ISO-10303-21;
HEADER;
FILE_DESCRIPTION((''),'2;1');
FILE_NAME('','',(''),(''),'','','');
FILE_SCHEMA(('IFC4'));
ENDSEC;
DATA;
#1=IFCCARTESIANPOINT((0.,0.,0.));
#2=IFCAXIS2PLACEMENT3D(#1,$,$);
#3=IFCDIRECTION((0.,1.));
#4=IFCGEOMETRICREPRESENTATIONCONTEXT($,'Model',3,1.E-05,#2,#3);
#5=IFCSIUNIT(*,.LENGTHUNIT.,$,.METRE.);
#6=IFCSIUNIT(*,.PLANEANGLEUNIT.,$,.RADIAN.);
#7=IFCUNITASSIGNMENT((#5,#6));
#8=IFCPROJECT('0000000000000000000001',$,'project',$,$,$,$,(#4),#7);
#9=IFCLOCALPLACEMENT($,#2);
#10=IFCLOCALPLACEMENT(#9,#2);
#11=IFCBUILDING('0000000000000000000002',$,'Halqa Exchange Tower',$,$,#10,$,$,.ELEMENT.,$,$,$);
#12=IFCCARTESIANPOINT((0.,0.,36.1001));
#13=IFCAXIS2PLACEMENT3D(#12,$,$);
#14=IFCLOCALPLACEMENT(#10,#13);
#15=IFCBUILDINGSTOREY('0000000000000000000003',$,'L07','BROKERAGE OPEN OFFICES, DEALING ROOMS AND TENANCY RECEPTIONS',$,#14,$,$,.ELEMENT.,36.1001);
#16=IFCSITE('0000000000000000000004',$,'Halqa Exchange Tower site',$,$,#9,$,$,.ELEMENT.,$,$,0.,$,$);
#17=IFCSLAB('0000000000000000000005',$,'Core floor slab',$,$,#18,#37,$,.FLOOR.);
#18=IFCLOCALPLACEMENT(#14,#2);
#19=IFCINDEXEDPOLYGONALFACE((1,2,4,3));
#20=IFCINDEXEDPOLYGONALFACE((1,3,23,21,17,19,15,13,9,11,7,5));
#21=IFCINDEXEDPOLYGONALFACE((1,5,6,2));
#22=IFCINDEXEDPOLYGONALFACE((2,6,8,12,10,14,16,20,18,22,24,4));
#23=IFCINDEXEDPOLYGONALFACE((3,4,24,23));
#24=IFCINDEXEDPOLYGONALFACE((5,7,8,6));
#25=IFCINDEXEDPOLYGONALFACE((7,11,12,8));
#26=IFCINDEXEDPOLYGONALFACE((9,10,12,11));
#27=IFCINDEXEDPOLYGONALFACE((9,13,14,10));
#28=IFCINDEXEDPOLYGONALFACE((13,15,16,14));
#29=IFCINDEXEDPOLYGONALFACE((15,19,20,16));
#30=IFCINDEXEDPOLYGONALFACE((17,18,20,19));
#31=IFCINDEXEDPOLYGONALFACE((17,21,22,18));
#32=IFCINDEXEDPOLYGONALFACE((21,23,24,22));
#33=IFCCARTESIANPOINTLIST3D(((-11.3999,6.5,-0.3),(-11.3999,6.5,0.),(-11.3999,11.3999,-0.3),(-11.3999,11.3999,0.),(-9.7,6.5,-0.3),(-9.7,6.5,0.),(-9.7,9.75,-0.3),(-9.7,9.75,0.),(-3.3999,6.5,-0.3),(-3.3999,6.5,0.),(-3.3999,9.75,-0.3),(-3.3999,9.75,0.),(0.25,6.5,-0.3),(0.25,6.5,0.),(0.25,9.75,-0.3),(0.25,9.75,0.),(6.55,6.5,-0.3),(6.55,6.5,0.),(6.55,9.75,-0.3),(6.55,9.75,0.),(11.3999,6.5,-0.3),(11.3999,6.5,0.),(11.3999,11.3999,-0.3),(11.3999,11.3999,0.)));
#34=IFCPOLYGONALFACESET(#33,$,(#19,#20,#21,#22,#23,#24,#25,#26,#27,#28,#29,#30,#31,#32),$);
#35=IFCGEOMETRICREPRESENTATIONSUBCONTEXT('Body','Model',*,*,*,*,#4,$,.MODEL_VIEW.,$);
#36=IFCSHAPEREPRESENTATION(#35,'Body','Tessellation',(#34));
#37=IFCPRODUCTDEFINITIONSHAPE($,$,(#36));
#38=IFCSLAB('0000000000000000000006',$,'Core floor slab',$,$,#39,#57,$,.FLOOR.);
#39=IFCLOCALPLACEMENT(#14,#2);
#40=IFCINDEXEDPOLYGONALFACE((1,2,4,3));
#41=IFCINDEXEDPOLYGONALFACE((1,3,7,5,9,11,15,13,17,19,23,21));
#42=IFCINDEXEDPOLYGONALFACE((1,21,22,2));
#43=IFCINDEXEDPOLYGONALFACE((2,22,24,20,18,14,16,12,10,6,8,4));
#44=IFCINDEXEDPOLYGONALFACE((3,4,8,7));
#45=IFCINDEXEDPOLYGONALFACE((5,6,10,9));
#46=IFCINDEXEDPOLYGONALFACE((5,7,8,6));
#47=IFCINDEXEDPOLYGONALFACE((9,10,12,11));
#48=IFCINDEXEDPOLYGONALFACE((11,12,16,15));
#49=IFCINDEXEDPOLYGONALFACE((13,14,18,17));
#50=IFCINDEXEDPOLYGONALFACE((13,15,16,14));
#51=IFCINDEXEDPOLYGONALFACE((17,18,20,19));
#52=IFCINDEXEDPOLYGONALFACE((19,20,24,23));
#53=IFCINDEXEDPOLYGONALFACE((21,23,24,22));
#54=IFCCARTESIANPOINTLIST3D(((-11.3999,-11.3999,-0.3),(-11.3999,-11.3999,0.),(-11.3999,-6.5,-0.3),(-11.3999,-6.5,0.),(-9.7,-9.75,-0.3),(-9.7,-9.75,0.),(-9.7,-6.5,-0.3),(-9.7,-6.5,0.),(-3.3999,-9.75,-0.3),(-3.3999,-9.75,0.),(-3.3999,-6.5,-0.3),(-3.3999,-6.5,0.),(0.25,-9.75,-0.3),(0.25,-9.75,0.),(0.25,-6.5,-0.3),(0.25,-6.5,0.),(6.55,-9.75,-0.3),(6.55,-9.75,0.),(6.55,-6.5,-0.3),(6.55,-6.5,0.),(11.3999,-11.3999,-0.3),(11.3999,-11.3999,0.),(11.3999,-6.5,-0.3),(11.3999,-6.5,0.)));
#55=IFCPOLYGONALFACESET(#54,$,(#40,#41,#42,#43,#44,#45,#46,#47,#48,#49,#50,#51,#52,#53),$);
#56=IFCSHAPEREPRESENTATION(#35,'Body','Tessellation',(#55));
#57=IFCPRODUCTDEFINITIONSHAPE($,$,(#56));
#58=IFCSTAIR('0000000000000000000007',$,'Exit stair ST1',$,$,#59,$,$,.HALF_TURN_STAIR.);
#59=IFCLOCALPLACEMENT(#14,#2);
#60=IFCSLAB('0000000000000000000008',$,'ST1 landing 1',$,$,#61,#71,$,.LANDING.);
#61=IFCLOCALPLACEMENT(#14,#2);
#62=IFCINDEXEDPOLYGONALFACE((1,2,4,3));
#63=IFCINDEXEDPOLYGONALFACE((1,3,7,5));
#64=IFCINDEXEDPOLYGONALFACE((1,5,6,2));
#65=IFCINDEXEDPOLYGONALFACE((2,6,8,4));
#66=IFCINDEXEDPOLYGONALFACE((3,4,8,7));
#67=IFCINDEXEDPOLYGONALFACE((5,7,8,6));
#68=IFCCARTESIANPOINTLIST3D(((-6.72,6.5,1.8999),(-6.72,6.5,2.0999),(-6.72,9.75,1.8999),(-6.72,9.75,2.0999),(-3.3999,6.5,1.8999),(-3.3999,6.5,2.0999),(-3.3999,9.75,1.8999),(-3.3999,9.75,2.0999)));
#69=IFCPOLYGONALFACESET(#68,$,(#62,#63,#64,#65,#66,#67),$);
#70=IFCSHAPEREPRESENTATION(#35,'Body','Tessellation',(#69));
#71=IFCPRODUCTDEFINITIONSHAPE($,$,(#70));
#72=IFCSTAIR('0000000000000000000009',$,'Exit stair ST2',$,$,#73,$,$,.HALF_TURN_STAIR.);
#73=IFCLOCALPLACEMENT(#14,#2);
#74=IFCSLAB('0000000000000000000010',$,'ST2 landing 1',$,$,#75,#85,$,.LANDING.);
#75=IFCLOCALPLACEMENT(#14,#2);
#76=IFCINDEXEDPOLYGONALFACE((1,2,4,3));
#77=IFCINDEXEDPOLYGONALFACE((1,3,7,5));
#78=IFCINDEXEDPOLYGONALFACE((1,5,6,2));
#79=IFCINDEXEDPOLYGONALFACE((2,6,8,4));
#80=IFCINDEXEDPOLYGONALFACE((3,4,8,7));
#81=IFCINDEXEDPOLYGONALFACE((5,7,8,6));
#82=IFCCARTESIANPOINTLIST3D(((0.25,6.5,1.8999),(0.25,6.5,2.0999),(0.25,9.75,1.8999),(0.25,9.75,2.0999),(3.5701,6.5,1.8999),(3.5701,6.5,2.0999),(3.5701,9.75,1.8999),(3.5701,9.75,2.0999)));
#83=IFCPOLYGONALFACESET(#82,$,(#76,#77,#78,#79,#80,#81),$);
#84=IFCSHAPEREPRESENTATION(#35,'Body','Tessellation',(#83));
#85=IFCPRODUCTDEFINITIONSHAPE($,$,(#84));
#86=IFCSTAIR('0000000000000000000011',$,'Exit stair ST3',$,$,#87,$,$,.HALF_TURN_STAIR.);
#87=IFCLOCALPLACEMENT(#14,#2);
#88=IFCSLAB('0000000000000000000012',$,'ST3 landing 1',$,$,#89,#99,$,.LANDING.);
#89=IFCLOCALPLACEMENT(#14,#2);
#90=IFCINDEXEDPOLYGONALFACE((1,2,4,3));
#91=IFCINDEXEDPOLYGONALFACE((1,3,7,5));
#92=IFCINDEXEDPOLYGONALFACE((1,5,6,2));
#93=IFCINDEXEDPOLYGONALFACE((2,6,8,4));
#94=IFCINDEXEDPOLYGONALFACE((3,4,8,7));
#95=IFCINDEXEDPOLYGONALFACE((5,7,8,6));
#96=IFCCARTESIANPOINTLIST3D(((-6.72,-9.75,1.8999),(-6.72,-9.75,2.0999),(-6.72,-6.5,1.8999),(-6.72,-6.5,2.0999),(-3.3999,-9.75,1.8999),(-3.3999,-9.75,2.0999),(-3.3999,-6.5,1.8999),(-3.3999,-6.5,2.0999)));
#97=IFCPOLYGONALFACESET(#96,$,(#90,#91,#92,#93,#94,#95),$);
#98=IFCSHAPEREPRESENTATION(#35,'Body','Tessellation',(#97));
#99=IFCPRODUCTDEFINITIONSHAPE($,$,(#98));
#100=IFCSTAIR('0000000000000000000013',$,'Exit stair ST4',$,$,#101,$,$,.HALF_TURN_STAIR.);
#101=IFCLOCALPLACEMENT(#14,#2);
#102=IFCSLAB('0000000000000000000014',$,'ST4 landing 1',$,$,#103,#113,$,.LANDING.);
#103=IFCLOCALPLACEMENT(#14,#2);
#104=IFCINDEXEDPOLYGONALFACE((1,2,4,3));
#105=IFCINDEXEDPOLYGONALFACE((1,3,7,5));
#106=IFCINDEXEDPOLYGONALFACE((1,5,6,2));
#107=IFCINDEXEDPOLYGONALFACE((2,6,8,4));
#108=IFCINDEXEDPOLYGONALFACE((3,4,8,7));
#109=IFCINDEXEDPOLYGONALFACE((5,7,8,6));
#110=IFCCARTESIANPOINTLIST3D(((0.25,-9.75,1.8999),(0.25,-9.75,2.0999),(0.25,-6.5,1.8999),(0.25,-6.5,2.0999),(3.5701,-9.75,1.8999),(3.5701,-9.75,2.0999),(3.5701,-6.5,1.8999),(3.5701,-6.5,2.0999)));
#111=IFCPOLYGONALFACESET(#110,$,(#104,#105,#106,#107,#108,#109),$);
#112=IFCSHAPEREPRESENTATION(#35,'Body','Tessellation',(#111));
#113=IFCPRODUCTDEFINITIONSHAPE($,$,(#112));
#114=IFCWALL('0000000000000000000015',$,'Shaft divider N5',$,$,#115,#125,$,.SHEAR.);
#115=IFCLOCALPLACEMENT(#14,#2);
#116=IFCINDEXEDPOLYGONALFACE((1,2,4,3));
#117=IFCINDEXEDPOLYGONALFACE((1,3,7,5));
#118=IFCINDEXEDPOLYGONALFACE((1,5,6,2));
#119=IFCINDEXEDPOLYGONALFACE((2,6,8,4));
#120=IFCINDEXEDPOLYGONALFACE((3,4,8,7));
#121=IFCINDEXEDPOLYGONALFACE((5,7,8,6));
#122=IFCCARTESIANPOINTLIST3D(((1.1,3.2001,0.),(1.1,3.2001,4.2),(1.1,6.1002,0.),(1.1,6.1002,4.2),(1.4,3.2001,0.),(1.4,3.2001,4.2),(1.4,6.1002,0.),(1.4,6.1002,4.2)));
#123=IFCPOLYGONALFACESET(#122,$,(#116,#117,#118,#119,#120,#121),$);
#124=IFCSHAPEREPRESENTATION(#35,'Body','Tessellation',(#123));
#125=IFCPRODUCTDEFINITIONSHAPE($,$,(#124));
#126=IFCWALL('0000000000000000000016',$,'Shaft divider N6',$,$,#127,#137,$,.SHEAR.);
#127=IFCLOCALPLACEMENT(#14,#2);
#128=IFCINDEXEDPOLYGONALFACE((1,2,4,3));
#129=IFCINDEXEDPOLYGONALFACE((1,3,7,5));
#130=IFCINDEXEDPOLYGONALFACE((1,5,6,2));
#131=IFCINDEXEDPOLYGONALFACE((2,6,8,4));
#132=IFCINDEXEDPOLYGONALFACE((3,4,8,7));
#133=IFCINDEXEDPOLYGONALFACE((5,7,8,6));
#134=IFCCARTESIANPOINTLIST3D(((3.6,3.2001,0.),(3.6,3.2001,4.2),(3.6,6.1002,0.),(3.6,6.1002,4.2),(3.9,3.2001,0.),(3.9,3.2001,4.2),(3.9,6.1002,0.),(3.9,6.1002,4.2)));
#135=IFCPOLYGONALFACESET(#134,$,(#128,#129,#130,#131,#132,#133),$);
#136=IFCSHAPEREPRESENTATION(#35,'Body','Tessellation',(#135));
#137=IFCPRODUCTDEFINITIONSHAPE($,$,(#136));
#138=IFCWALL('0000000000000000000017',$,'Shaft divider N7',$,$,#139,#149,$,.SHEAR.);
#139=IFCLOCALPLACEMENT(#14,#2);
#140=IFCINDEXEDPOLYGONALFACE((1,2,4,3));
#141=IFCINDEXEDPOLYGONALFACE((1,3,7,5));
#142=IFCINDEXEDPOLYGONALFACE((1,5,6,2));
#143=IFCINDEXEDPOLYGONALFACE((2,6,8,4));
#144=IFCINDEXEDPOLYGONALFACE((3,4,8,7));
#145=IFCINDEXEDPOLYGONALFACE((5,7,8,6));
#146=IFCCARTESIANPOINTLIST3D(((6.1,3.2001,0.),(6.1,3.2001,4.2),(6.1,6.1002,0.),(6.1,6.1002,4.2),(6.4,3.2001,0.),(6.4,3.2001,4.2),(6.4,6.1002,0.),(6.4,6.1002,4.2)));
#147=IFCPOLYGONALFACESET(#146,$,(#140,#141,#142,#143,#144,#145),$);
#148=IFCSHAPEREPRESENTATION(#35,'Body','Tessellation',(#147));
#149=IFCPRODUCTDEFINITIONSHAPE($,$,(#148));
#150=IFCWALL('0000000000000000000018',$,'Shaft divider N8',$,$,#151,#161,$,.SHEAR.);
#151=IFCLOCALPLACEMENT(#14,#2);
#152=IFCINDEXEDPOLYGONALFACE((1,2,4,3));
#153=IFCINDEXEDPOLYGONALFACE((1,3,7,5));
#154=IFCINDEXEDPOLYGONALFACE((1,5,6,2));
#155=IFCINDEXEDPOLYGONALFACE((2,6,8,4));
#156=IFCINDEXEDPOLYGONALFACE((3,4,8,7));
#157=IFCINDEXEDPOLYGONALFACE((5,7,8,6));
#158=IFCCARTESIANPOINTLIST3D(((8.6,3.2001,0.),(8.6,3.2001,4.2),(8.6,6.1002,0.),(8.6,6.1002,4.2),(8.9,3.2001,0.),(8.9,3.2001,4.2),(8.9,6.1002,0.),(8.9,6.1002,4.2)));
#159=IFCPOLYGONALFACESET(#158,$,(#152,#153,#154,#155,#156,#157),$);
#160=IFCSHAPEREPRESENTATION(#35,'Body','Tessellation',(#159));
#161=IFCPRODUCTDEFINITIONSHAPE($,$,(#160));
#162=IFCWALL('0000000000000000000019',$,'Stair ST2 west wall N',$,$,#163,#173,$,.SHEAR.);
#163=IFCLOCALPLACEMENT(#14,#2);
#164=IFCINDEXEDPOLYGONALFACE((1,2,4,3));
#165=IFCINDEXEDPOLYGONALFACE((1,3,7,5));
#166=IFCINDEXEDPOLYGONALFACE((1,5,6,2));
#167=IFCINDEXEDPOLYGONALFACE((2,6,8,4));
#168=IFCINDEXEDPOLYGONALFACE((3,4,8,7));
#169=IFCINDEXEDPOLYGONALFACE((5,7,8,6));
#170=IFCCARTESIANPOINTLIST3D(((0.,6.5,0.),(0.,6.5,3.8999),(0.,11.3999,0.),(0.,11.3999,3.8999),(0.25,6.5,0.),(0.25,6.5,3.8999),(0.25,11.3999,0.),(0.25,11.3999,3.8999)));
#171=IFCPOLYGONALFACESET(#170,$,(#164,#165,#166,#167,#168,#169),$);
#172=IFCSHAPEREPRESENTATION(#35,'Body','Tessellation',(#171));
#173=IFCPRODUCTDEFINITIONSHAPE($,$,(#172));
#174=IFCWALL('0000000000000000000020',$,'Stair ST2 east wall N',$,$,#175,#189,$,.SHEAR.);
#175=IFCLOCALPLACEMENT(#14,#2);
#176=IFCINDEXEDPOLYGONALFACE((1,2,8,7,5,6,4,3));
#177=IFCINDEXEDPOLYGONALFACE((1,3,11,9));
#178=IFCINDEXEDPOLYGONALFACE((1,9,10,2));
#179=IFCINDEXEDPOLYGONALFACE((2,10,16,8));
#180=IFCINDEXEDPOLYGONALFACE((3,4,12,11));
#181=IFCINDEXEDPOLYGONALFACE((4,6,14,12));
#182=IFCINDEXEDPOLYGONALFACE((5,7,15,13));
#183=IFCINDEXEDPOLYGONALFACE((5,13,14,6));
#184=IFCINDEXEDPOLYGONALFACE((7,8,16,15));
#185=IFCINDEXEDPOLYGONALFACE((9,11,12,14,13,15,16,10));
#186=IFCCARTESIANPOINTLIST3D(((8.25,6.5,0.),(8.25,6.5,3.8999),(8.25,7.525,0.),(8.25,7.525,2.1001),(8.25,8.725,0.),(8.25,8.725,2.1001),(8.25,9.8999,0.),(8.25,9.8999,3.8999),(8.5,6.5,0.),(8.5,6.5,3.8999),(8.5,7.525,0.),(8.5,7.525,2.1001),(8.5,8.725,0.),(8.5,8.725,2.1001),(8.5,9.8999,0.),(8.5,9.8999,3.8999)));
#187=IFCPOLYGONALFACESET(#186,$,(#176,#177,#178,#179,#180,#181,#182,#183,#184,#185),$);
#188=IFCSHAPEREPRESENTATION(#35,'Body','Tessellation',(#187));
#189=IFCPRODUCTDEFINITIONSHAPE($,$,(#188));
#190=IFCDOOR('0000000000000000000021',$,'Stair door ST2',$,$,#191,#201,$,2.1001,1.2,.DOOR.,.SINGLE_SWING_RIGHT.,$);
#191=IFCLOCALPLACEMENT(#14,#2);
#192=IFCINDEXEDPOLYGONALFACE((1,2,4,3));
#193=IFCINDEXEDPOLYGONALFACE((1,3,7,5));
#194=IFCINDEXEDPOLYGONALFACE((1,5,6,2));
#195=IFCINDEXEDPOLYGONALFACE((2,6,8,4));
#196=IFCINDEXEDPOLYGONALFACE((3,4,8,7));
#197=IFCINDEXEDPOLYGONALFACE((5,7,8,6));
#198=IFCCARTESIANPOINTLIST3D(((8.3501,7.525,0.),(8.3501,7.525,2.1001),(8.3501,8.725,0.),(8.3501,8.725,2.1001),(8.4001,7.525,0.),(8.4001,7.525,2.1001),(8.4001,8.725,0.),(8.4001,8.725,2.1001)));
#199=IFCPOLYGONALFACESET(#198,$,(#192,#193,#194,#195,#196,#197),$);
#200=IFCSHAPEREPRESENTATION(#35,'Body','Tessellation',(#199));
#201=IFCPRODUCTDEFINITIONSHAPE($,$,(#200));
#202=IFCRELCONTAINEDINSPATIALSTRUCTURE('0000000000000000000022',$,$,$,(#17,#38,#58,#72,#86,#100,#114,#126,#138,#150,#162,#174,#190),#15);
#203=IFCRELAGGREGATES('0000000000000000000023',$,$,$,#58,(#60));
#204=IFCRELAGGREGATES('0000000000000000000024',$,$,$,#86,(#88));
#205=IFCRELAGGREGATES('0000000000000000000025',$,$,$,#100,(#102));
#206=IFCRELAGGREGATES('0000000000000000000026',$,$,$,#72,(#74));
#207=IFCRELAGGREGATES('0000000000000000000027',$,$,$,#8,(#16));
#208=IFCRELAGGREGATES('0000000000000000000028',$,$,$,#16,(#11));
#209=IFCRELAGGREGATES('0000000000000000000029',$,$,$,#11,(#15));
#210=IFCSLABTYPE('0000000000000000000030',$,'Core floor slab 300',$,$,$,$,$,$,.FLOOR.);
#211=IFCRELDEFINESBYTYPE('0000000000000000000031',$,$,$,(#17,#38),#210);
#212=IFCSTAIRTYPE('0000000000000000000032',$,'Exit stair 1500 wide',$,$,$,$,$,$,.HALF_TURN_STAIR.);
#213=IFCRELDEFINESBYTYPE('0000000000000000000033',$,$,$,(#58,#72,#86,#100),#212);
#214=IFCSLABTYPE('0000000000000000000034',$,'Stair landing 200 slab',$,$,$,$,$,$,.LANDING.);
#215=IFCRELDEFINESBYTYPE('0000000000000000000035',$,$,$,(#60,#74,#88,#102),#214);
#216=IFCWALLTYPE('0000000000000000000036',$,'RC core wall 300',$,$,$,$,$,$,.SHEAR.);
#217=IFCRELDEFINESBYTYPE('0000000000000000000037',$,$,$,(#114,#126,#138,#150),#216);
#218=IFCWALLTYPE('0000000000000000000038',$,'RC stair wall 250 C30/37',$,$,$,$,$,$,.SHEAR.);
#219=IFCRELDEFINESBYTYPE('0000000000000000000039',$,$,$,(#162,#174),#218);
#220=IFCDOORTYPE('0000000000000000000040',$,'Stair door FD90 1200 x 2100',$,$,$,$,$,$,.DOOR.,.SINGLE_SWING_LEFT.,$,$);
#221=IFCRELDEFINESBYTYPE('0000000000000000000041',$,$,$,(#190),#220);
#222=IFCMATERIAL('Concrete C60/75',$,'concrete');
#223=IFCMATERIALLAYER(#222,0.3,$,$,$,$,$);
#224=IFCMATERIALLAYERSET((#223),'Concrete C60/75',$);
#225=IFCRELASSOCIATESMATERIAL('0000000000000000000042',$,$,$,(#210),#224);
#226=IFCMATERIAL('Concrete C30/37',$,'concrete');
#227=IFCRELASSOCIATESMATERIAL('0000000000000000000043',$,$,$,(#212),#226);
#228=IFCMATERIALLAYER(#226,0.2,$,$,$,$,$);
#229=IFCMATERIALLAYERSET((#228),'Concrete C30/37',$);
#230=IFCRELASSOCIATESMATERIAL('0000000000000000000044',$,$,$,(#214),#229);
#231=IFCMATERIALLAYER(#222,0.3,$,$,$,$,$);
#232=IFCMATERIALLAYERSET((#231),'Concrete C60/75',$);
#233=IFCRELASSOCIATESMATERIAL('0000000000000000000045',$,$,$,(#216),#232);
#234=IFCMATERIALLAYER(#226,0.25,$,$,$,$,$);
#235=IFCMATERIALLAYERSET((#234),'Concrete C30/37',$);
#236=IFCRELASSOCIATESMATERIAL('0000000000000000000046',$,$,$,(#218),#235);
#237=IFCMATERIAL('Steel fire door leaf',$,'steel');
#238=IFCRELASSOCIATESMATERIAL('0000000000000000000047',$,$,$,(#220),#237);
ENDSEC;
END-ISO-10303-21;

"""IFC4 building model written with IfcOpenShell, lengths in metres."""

from ifc_helpers import new_model, si_unit, direction, frame, frame_2d, origin, place, context, subcontext, project, spatial, polyline, rectangle, outline, extrude, material, layer, layer_set, type_object, element, fill, aggregate, save


model = new_model("IFC4")

# Units and contexts
model_context = context("Model", 3, precision=1e-05, world=origin(), true_north=direction((0.0, 1.0)))
body_context = subcontext(model_context, "Body", "Model", "MODEL_VIEW")
ifc_project = project(units=[si_unit("LENGTHUNIT", "METRE"), si_unit("PLANEANGLEUNIT", "RADIAN")], contexts=[model_context])

# Site, building, storey
site_placement = place(None, origin())
site = spatial("IfcSite", under=ifc_project, at=site_placement, Name="Halqa Exchange Tower site", CompositionType="ELEMENT", RefElevation=0.0)
building_placement = place(site_placement, origin())
building = spatial("IfcBuilding", under=site, at=building_placement, Name="Halqa Exchange Tower", CompositionType="ELEMENT")
storey_placement = place(building_placement, frame((0.0, 0.0, 36.1001)))
storey = spatial("IfcBuildingStorey", under=building, at=storey_placement, Name="L07", Description="BROKERAGE OPEN OFFICES, DEALING ROOMS AND TENANCY RECEPTIONS", CompositionType="ELEMENT", Elevation=36.1001)

# Slabs
ifc_material_1 = material(Name="Concrete C60/75", Category="concrete")
ifc_layer_1 = layer(ifc_material_1, 0.3)
ifc_layer_set_1 = layer_set([ifc_layer_1], Name="Concrete C60/75")
slab_type_1 = type_object("IfcSlabType", Name="Core floor slab 300", PredefinedType="FLOOR", material=ifc_layer_set_1)
slab_1_placement = place(storey_placement, frame((0.0, 0.0, -0.3)))
element("IfcSlab", 1, at=slab_1_placement, inside=storey, type_object=slab_type_1, Name="Core floor slab", PredefinedType="FLOOR", context=body_context, shape_type="SweptSolid", body=[
    extrude(outline(polyline([(-11.3999, 11.3999), (11.3999, 11.3999), (11.3999, 6.5), (6.55, 6.5), (6.55, 9.75), (0.25, 9.75), (0.25, 6.5), (-3.3999, 6.5), (-3.3999, 9.75), (-9.7, 9.75), (-9.7, 6.5), (-11.3999, 6.5), (-11.3999, 11.3999)])), origin(), (0.0, 0.0, 1.0), 0.3),
])
slab_2_placement = place(storey_placement, frame((0.0, 0.0, -0.3)))
element("IfcSlab", 2, at=slab_2_placement, inside=storey, type_object=slab_type_1, Name="Core floor slab", PredefinedType="FLOOR", context=body_context, shape_type="SweptSolid", body=[
    extrude(outline(polyline([(-9.7, -9.75), (-3.3999, -9.75), (-3.3999, -6.5), (0.25, -6.5), (0.25, -9.75), (6.55, -9.75), (6.55, -6.5), (11.3999, -6.5), (11.3999, -11.3999), (-11.3999, -11.3999), (-11.3999, -6.5), (-9.7, -6.5), (-9.7, -9.75)])), origin(), (0.0, 0.0, 1.0), 0.3),
])

# Stairs, slabs
ifc_material_2 = material(Name="Concrete C30/37", Category="concrete")
stair_type = type_object("IfcStairType", Name="Exit stair 1500 wide", PredefinedType="HALF_TURN_STAIR", material=ifc_material_2)
stair_1_placement = place(storey_placement, origin())
stair_1 = element("IfcStair", 3, at=stair_1_placement, inside=storey, type_object=stair_type, Name="Exit stair ST1", PredefinedType="HALF_TURN_STAIR")
ifc_layer_2 = layer(ifc_material_2, 0.2)
ifc_layer_set_2 = layer_set([ifc_layer_2], Name="Concrete C30/37")
slab_type_2 = type_object("IfcSlabType", Name="Stair landing 200 slab", PredefinedType="LANDING", material=ifc_layer_set_2)
slab_3_placement = place(storey_placement, frame((0.0, 0.0, 1.8999)))
slab_3 = element("IfcSlab", 4, at=slab_3_placement, type_object=slab_type_2, Name="ST1 landing 1", PredefinedType="LANDING", context=body_context, shape_type="SweptSolid", body=[
    extrude(outline(polyline([(-6.72, 6.5), (-3.3999, 6.5), (-3.3999, 9.75), (-6.72, 9.75), (-6.72, 6.5)])), origin(), (0.0, 0.0, 1.0), 0.2),
])
aggregate(stair_1, [slab_3])
stair_2_placement = place(storey_placement, origin())
stair_2 = element("IfcStair", 5, at=stair_2_placement, inside=storey, type_object=stair_type, Name="Exit stair ST2", PredefinedType="HALF_TURN_STAIR")
slab_4_placement = place(storey_placement, frame((0.0, 0.0, 1.8999)))
slab_4 = element("IfcSlab", 6, at=slab_4_placement, type_object=slab_type_2, Name="ST2 landing 1", PredefinedType="LANDING", context=body_context, shape_type="SweptSolid", body=[
    extrude(outline(polyline([(0.25, 6.5), (3.5701, 6.5), (3.5701, 9.75), (0.25, 9.75), (0.25, 6.5)])), origin(), (0.0, 0.0, 1.0), 0.2),
])
stair_3_placement = place(storey_placement, origin())
stair_3 = element("IfcStair", 7, at=stair_3_placement, inside=storey, type_object=stair_type, Name="Exit stair ST3", PredefinedType="HALF_TURN_STAIR")
slab_5_placement = place(storey_placement, frame((0.0, 0.0, 1.8999)))
slab_5 = element("IfcSlab", 8, at=slab_5_placement, type_object=slab_type_2, Name="ST3 landing 1", PredefinedType="LANDING", context=body_context, shape_type="SweptSolid", body=[
    extrude(outline(polyline([(-6.72, -9.75), (-3.3999, -9.75), (-3.3999, -6.5), (-6.72, -6.5), (-6.72, -9.75)])), origin(), (0.0, 0.0, 1.0), 0.2),
])
aggregate(stair_3, [slab_5])
stair_4_placement = place(storey_placement, origin())
stair_4 = element("IfcStair", 9, at=stair_4_placement, inside=storey, type_object=stair_type, Name="Exit stair ST4", PredefinedType="HALF_TURN_STAIR")
slab_6_placement = place(storey_placement, frame((0.0, 0.0, 1.8999)))
slab_6 = element("IfcSlab", 10, at=slab_6_placement, type_object=slab_type_2, Name="ST4 landing 1", PredefinedType="LANDING", context=body_context, shape_type="SweptSolid", body=[
    extrude(outline(polyline([(0.25, -9.75), (3.5701, -9.75), (3.5701, -6.5), (0.25, -6.5), (0.25, -9.75)])), origin(), (0.0, 0.0, 1.0), 0.2),
])
aggregate(stair_4, [slab_6])

# Walls
ifc_layer_3 = layer(ifc_material_1, 0.3)
ifc_layer_set_3 = layer_set([ifc_layer_3], Name="Concrete C60/75")
wall_type_1 = type_object("IfcWallType", Name="RC core wall 300", PredefinedType="SHEAR", material=ifc_layer_set_3)
for number, where, z_axis, x_axis, name in (
    (11, (1.25, 3.2, 0.0), (0.0, 0.0, 1.0), (0.0, 1.0, 0.0), "Shaft divider N5"),
    (12, (3.75, 3.2, 0.0), (0.0, 0.0, 1.0), (0.0, 1.0, 0.0), "Shaft divider N6"),
    (13, (6.25, 3.2, 0.0), (0.0, 0.0, 1.0), (0.0, 1.0, 0.0), "Shaft divider N7"),
    (14, (8.75, 3.2, 0.0), (0.0, 0.0, 1.0), (0.0, 1.0, 0.0), "Shaft divider N8"),
):
    element("IfcWall", number, at=place(storey_placement, frame(where, z_axis=z_axis, x_axis=x_axis)), inside=storey, type_object=wall_type_1, Name=name, PredefinedType="SHEAR", context=body_context, shape_type="SweptSolid", body=[
        extrude(rectangle(XDim=2.9001, YDim=0.3, at=frame_2d((1.4502, 0.0))), origin(), (0.0, 0.0, 1.0), 4.2),
    ])
ifc_layer_4 = layer(ifc_material_2, 0.25)
ifc_layer_set_4 = layer_set([ifc_layer_4], Name="Concrete C30/37")
wall_type_2 = type_object("IfcWallType", Name="RC stair wall 250 C30/37", PredefinedType="SHEAR", material=ifc_layer_set_4)
wall_1_placement = place(storey_placement, frame((0.125, 6.5, 0.0), z_axis=(0.0, 0.0, 1.0), x_axis=(0.0, 1.0, 0.0)))
element("IfcWall", 15, at=wall_1_placement, inside=storey, type_object=wall_type_2, Name="Stair ST2 west wall N", PredefinedType="SHEAR", context=body_context, shape_type="SweptSolid", body=[
    extrude(rectangle(XDim=4.8999, YDim=0.25, at=frame_2d((2.45, 0.0))), origin(), (0.0, 0.0, 1.0), 3.8999),
])

# Wall, opening, door
wall_2_placement = place(storey_placement, frame((8.375, 6.5, 0.0), z_axis=(0.0, 0.0, 1.0), x_axis=(0.0, 1.0, 0.0)))
wall_2 = element("IfcWall", 16, at=wall_2_placement, inside=storey, type_object=wall_type_2, Name="Stair ST2 east wall N", PredefinedType="SHEAR", context=body_context, shape_type="SweptSolid", body=[
    extrude(rectangle(XDim=3.3999, YDim=0.25, at=frame_2d((1.7, 0.0))), origin(), (0.0, 0.0, 1.0), 3.8999),
])
opening_placement = place(wall_2_placement, frame((1.0249, 0.0, 0.0)))
opening = element("IfcOpeningElement", 17, at=opening_placement, cuts=wall_2, PredefinedType="OPENING", context=body_context, shape_type="SweptSolid", body=[
    extrude(rectangle(XDim=1.2, YDim=2.1001, at=frame_2d((0.6001, 1.05))), frame((0.0, 0.137, 0.0), z_axis=(0.0, -1.0, 0.0), x_axis=(1.0, 0.0, 0.0)), (0.0, 0.0, 1.0), 0.2739),
])
ifc_material_3 = material(Name="Steel fire door leaf", Category="steel")
door_type = type_object("IfcDoorType", Name="Stair door FD90 1200 x 2100", OperationType="SINGLE_SWING_LEFT", PredefinedType="DOOR", material=ifc_material_3)
door_placement = place(opening_placement, origin())
door = element("IfcDoor", 18, at=door_placement, inside=storey, type_object=door_type, Name="Stair door ST2", OperationType="SINGLE_SWING_RIGHT", OverallHeight=2.1001, OverallWidth=1.2, PredefinedType="DOOR", context=body_context, shape_type="SweptSolid", body=[
    extrude(rectangle(XDim=1.2, YDim=2.1001, at=frame_2d((0.6001, 1.05))), frame((0.0, 0.0249, 0.0), z_axis=(0.0, -1.0, 0.0), x_axis=(1.0, 0.0, 0.0)), (0.0, 0.0, 1.0), 0.05),
])
fill(opening, door)

aggregate(stair_2, [slab_4])

save(model, "model.ifc")
